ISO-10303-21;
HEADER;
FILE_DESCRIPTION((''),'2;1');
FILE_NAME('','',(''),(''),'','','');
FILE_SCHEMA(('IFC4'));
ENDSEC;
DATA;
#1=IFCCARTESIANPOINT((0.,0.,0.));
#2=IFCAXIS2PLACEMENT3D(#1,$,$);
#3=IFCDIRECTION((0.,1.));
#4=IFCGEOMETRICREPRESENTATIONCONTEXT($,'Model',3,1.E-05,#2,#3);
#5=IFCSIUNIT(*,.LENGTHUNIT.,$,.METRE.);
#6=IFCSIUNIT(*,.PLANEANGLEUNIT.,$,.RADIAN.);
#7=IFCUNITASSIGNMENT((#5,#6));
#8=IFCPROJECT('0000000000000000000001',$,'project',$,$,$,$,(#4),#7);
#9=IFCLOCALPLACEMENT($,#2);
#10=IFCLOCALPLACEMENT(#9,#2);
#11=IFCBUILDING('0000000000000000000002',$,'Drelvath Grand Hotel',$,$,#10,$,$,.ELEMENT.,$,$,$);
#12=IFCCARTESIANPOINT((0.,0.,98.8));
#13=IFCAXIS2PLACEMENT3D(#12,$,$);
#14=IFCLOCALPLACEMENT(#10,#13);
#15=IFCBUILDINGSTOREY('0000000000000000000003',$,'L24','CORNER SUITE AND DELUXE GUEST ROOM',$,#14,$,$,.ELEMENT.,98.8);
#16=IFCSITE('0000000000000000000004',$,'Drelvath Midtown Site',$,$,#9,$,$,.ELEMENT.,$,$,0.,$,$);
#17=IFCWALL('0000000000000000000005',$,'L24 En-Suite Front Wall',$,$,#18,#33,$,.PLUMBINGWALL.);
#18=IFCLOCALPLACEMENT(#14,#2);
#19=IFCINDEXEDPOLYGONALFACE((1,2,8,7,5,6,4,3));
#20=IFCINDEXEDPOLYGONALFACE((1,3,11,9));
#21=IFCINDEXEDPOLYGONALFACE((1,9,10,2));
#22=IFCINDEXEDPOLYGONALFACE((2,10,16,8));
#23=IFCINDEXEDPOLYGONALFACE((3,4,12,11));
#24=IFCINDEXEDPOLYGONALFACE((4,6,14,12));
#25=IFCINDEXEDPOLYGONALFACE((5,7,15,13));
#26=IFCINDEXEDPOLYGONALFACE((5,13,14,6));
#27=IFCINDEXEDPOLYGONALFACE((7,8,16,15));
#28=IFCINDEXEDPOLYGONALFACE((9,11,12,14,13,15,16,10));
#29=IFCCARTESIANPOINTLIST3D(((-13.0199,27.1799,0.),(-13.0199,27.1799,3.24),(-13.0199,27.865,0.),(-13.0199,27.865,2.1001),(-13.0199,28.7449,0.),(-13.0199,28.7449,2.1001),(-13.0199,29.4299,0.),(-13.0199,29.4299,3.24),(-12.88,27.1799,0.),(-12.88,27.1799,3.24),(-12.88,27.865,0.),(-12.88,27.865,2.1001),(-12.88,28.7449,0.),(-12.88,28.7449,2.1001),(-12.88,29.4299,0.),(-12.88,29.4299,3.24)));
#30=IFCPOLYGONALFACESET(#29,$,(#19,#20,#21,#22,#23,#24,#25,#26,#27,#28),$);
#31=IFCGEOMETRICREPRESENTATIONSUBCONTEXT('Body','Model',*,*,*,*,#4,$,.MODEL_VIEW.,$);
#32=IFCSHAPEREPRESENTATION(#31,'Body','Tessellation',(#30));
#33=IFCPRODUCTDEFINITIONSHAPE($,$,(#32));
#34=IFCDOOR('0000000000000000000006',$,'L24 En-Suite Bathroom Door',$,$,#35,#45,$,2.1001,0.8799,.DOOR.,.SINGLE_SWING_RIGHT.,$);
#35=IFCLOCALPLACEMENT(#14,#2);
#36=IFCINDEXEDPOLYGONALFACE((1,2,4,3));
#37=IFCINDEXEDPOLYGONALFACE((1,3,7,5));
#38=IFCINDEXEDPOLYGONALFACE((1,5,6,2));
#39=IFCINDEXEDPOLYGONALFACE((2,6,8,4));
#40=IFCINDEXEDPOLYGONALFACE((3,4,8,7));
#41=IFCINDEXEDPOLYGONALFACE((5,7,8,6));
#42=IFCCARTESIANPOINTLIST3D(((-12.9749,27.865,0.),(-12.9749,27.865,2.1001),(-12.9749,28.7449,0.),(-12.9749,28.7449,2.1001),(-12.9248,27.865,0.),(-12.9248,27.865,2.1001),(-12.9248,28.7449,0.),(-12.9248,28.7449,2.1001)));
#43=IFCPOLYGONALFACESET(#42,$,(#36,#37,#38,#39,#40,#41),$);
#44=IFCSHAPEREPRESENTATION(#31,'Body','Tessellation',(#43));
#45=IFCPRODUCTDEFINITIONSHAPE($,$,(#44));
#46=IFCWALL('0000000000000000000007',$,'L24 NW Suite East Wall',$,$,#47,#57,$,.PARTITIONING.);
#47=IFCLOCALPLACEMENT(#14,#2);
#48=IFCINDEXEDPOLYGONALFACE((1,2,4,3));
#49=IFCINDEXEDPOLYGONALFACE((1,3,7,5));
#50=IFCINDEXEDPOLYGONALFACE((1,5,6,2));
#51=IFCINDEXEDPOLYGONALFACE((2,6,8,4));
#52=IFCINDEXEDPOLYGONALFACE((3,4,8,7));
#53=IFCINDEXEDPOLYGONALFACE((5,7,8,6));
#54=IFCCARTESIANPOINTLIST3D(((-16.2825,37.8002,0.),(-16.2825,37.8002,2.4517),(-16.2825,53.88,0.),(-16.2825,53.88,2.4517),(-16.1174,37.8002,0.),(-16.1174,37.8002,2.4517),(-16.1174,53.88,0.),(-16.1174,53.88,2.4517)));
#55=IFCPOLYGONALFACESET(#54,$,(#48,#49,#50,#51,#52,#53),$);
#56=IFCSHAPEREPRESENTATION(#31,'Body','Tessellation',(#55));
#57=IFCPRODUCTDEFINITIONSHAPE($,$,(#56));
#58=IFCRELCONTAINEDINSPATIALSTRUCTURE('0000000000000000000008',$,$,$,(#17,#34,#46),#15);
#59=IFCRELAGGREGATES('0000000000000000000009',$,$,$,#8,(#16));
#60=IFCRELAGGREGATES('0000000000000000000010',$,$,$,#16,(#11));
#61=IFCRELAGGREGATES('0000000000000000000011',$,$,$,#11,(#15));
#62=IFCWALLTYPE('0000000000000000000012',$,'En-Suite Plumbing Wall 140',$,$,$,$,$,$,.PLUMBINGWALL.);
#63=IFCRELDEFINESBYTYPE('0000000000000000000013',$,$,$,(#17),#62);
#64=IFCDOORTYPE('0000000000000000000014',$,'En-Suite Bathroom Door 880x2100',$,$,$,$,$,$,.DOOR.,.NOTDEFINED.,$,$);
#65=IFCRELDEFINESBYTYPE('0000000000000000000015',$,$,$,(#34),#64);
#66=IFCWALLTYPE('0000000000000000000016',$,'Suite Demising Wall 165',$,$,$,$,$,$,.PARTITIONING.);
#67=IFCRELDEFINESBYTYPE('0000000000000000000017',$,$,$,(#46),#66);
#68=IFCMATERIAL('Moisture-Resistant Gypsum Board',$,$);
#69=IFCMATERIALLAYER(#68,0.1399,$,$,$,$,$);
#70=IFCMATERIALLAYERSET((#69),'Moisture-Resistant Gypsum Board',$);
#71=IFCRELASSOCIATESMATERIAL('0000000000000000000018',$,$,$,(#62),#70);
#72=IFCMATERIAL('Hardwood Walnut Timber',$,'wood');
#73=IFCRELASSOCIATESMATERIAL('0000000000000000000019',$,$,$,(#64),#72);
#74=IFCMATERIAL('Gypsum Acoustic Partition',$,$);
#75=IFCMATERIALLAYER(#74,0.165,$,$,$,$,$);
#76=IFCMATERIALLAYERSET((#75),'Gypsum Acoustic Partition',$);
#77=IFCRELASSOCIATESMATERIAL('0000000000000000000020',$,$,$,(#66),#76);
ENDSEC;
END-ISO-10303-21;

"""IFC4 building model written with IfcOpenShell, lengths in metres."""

from ifc_helpers import new_model, si_unit, direction, frame, frame_2d, origin, place, context, subcontext, project, spatial, rectangle, extrude, material, layer, layer_set, type_object, element, fill, save


model = new_model("IFC4")

# Units and contexts
model_context = context("Model", 3, precision=1e-05, world=origin(), true_north=direction((0.0, 1.0)))
body_context = subcontext(model_context, "Body", "Model", "MODEL_VIEW")
ifc_project = project(units=[si_unit("LENGTHUNIT", "METRE"), si_unit("PLANEANGLEUNIT", "RADIAN")], contexts=[model_context])

# Site, building, storey
site_placement = place(None, origin())
site = spatial("IfcSite", under=ifc_project, at=site_placement, Name="Drelvath Midtown Site", CompositionType="ELEMENT", RefElevation=0.0)
building_placement = place(site_placement, origin())
building = spatial("IfcBuilding", under=site, at=building_placement, Name="Drelvath Grand Hotel", CompositionType="ELEMENT")
storey_placement = place(building_placement, frame((0.0, 0.0, 98.8)))
storey = spatial("IfcBuildingStorey", under=building, at=storey_placement, Name="L24", Description="CORNER SUITE AND DELUXE GUEST ROOM", CompositionType="ELEMENT", Elevation=98.8)

# Shared definitions
ifc_material_1 = material(Name="Hardwood Walnut Timber", Category="wood")

# Shared definitions
ifc_material_2 = material(Name="Moisture-Resistant Gypsum Board")
ifc_layer_1 = layer(ifc_material_2, 0.1399)
ifc_layer_set_1 = layer_set([ifc_layer_1], Name="Moisture-Resistant Gypsum Board")
wall_type_1 = type_object("IfcWallType", Name="En-Suite Plumbing Wall 140", PredefinedType="PLUMBINGWALL", material=ifc_layer_set_1)

# Wall, opening, door
wall_1_placement = place(storey_placement, frame((-12.95, 27.1799, 0.0), z_axis=(0.0, 0.0, 1.0), x_axis=(0.0, 1.0, 0.0)))
wall_1 = element("IfcWall", 1, at=wall_1_placement, inside=storey, type_object=wall_type_1, Name="L24 En-Suite Front Wall", PredefinedType="PLUMBINGWALL", context=body_context, shape_type="SweptSolid", body=[
    extrude(rectangle(XDim=2.25, YDim=0.1399, at=frame_2d((1.125, 0.0))), origin(), (0.0, 0.0, 1.0), 3.24),
])
opening_1_placement = place(wall_1_placement, frame((0.6851, 0.0, 0.0)))
opening_1 = element("IfcOpeningElement", 2, at=opening_1_placement, cuts=wall_1, PredefinedType="OPENING", context=body_context, shape_type="SweptSolid", body=[
    extrude(rectangle(XDim=0.8799, YDim=2.1001, at=frame_2d((0.4399, 1.05))), frame((0.0, 0.0798, 0.0), z_axis=(0.0, -1.0, 0.0), x_axis=(1.0, 0.0, 0.0)), (0.0, 0.0, 1.0), 0.1599),
])
door_type_1 = type_object("IfcDoorType", Name="En-Suite Bathroom Door 880x2100", OperationType="NOTDEFINED", PredefinedType="DOOR", material=ifc_material_1)
door_1_placement = place(opening_1_placement, origin())
door_1 = element("IfcDoor", 3, at=door_1_placement, inside=storey, type_object=door_type_1, Name="L24 En-Suite Bathroom Door", OperationType="SINGLE_SWING_RIGHT", OverallHeight=2.1001, OverallWidth=0.8799, PredefinedType="DOOR", context=body_context, shape_type="SweptSolid", body=[
    extrude(rectangle(XDim=0.8799, YDim=2.1001, at=frame_2d((0.4399, 1.05))), frame((0.0, 0.0249, 0.0), z_axis=(0.0, -1.0, 0.0), x_axis=(1.0, 0.0, 0.0)), (0.0, 0.0, 1.0), 0.05),
])
fill(opening_1, door_1)

# Wall
ifc_material_3 = material(Name="Gypsum Acoustic Partition")
ifc_layer_2 = layer(ifc_material_3, 0.165)
ifc_layer_set_2 = layer_set([ifc_layer_2], Name="Gypsum Acoustic Partition")
wall_type_2 = type_object("IfcWallType", Name="Suite Demising Wall 165", PredefinedType="PARTITIONING", material=ifc_layer_set_2)
wall_2_placement = place(storey_placement, frame((-16.2, 37.8, 0.0), z_axis=(0.0, 0.0, 1.0), x_axis=(0.0, 1.0, 0.0)))
element("IfcWall", 4, at=wall_2_placement, inside=storey, type_object=wall_type_2, Name="L24 NW Suite East Wall", PredefinedType="PARTITIONING", context=body_context, shape_type="SweptSolid", body=[
    extrude(rectangle(XDim=16.0798, YDim=0.165, at=frame_2d((8.04, 0.0))), origin(), (0.0, 0.0, 1.0), 2.4517),
])

save(model, "model.ifc")
